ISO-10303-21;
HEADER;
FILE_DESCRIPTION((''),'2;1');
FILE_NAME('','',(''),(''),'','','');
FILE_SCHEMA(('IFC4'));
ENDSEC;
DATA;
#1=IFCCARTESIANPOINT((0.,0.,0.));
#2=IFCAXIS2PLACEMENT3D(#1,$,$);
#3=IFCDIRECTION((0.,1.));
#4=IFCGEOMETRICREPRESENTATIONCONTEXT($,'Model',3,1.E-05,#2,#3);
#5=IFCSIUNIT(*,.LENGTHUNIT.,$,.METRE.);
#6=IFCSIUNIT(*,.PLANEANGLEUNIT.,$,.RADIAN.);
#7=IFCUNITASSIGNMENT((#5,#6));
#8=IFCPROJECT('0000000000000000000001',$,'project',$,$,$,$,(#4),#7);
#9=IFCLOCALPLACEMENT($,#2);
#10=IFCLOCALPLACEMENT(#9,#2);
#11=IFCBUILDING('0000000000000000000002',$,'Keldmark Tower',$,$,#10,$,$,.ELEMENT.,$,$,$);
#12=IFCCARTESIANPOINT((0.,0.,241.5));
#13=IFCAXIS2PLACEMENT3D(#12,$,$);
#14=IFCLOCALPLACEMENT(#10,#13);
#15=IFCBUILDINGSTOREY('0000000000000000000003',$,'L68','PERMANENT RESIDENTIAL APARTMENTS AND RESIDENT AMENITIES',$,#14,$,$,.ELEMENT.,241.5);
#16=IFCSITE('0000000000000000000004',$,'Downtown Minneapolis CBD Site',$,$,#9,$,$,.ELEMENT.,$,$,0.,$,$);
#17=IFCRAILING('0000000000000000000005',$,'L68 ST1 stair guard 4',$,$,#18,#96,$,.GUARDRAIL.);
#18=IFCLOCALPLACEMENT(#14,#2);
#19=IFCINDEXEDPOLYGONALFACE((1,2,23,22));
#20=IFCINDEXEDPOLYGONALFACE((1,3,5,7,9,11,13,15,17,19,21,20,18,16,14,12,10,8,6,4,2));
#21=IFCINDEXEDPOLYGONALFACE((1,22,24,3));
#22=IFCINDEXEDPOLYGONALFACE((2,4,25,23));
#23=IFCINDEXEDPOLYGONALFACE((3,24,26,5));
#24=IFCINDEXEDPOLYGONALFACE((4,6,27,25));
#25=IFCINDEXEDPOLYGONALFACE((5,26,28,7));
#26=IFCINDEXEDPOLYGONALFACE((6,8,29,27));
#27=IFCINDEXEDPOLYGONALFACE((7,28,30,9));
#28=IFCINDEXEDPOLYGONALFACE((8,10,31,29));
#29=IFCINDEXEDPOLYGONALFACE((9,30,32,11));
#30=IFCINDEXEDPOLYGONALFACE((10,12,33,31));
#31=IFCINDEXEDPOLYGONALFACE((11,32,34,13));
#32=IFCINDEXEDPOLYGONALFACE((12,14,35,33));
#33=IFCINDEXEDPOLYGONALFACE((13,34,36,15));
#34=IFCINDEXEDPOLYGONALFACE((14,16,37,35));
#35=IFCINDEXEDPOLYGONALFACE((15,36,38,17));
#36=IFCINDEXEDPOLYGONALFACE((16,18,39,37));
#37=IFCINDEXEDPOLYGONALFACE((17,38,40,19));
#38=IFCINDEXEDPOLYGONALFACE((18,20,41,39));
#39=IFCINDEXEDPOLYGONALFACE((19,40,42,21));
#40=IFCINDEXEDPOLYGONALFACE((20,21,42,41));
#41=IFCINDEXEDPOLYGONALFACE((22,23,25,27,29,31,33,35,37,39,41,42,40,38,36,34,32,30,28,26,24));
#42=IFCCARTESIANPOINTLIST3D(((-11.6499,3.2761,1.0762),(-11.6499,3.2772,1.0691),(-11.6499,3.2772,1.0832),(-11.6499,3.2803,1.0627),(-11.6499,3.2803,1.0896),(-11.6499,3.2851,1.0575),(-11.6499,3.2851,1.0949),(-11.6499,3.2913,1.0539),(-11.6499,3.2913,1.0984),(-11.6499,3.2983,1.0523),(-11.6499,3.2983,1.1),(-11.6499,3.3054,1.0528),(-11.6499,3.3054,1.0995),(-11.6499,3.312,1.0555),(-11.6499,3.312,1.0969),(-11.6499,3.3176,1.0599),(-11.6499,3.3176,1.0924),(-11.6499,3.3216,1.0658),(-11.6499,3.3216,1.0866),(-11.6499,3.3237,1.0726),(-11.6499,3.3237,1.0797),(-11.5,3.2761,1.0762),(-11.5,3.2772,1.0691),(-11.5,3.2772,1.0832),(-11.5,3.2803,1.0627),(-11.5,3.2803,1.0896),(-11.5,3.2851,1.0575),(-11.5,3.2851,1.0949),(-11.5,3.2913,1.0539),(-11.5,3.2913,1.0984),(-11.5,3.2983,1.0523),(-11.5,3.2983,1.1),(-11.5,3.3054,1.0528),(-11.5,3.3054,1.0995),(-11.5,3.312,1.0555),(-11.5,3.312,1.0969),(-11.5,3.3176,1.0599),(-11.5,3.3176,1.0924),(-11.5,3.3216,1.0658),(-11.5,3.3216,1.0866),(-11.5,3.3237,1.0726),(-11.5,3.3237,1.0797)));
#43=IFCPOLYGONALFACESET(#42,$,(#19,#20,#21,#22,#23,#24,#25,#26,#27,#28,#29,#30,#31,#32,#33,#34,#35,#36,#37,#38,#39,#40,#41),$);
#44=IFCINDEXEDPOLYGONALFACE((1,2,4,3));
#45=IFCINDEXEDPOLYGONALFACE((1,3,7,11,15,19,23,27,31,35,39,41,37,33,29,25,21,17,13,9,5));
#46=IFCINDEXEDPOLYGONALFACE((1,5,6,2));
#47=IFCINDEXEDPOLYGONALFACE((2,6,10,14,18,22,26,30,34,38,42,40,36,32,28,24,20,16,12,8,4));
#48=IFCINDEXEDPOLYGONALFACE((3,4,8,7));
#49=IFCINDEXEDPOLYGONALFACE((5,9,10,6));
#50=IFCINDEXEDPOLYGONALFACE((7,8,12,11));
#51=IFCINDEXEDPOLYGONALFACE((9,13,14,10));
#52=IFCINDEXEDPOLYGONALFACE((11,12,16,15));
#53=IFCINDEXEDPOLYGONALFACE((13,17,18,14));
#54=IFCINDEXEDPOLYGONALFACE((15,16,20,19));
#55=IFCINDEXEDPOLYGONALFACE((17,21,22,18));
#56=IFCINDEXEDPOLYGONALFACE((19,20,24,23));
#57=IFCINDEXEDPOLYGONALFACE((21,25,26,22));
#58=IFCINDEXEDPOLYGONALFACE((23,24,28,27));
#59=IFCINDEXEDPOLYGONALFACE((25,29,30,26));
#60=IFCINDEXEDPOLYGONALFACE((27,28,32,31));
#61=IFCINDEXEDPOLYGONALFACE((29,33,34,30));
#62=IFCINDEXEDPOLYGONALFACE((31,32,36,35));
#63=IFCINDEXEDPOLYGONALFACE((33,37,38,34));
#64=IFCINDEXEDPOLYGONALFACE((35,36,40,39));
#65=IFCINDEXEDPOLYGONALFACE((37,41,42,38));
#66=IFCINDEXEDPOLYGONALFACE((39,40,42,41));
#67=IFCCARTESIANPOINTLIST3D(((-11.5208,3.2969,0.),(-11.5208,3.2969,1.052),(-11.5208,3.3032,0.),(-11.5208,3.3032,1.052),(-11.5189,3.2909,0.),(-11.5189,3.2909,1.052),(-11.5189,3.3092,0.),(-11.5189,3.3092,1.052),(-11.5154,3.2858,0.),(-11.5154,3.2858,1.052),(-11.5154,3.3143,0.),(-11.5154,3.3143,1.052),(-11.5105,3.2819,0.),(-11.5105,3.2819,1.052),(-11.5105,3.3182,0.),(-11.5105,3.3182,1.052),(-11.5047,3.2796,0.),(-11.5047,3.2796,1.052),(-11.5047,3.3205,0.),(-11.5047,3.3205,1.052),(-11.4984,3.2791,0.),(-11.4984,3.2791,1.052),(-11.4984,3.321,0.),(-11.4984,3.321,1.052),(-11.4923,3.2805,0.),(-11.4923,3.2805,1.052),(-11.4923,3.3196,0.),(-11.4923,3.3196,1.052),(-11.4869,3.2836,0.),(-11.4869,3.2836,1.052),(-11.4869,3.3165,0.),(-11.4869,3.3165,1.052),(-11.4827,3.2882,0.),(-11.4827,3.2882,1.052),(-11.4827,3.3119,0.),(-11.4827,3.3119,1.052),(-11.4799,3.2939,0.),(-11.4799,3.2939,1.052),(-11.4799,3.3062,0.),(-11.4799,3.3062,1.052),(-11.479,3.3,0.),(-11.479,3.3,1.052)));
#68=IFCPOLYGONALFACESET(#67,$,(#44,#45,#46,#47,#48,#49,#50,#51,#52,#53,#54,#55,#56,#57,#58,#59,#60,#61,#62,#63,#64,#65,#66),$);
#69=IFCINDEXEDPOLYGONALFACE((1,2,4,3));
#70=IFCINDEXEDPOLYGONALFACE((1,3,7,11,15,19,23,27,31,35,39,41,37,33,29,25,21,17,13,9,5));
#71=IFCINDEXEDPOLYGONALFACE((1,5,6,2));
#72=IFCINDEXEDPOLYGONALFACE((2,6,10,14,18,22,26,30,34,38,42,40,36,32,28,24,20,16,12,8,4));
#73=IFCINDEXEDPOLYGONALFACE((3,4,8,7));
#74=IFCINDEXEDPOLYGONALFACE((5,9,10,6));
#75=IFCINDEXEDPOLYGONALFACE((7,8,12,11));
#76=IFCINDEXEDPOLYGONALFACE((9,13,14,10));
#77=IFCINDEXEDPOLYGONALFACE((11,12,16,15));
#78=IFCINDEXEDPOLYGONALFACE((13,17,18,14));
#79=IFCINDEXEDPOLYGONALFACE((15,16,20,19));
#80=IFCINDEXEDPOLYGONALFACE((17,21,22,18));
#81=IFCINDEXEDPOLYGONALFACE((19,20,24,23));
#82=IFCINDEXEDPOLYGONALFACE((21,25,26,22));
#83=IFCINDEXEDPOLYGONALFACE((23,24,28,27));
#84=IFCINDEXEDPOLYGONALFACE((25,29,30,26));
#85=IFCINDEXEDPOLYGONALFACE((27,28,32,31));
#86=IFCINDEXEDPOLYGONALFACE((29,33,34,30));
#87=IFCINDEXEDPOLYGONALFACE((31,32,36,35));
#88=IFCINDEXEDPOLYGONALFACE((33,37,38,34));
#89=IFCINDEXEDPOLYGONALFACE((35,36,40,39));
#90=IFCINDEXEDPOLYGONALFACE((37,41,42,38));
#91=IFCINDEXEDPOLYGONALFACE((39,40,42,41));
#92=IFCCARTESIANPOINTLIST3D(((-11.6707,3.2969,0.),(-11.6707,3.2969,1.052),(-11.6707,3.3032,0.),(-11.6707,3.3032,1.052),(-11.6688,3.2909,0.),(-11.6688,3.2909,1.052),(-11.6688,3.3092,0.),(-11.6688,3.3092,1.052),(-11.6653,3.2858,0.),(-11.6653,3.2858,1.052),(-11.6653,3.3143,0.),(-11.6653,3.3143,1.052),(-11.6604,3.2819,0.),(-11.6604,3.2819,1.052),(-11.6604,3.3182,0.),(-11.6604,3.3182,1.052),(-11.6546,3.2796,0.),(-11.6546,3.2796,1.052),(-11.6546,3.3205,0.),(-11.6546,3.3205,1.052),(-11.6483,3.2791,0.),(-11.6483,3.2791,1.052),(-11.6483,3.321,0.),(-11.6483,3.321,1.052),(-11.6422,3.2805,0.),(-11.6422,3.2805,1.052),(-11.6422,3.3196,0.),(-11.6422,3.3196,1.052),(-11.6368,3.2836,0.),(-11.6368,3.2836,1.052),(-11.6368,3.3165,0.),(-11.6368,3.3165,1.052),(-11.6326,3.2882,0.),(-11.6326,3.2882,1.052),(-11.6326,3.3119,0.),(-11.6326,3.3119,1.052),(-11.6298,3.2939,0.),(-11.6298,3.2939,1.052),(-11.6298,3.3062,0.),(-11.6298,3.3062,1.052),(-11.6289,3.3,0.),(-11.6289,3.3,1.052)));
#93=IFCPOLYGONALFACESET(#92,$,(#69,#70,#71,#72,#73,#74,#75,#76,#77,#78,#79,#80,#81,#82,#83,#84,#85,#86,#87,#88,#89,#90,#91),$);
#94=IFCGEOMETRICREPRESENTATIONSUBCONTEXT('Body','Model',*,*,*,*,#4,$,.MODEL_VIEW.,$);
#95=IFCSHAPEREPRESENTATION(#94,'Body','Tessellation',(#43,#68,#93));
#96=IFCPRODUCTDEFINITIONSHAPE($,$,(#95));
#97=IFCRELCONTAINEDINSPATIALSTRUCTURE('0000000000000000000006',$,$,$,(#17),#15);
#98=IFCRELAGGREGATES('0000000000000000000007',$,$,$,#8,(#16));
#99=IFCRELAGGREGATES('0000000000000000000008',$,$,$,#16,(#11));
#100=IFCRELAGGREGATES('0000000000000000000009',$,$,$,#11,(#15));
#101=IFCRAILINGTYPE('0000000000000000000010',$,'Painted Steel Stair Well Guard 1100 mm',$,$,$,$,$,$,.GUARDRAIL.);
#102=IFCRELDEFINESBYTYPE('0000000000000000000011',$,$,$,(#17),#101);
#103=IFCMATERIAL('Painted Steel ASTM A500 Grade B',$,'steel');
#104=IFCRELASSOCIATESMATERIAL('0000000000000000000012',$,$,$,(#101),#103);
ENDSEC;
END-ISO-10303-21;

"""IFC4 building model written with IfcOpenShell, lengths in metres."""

from ifc_helpers import new_model, si_unit, direction, frame, origin, origin_2d, place, context, subcontext, project, spatial, circle, extrude, material, type_object, element, save


model = new_model("IFC4")

# Units and contexts
model_context = context("Model", 3, precision=1e-05, world=origin(), true_north=direction((0.0, 1.0)))
body_context = subcontext(model_context, "Body", "Model", "MODEL_VIEW")
ifc_project = project(units=[si_unit("LENGTHUNIT", "METRE"), si_unit("PLANEANGLEUNIT", "RADIAN")], contexts=[model_context])

# Site, building, storey
site_placement = place(None, origin())
site = spatial("IfcSite", under=ifc_project, at=site_placement, Name="Downtown Minneapolis CBD Site", CompositionType="ELEMENT", RefElevation=0.0)
building_placement = place(site_placement, origin())
building = spatial("IfcBuilding", under=site, at=building_placement, Name="Keldmark Tower", CompositionType="ELEMENT")
storey_placement = place(building_placement, frame((0.0, 0.0, 241.5)))
storey = spatial("IfcBuildingStorey", under=building, at=storey_placement, Name="L68", Description="PERMANENT RESIDENTIAL APARTMENTS AND RESIDENT AMENITIES", CompositionType="ELEMENT", Elevation=241.5)

# Railing
ifc_material_1 = material(Name="Painted Steel ASTM A500 Grade B", Category="steel")
railing_type_1 = type_object("IfcRailingType", Name="Painted Steel Stair Well Guard 1100 mm", PredefinedType="GUARDRAIL", material=ifc_material_1)
railing_1_placement = place(storey_placement, frame((-11.5, 3.3, 0.0)))
element("IfcRailing", 1, at=railing_1_placement, inside=storey, type_object=railing_type_1, Name="L68 ST1 stair guard 4", PredefinedType="GUARDRAIL", context=body_context, shape_type="SweptSolid", body=[
    extrude(circle(Radius=0.0239, at=origin_2d()), frame((0.0, 0.0, 1.0762), z_axis=(-1.0, 0.0, 0.0), x_axis=(0.0, -1.0, 0.0)), (0.0, 0.0, 1.0), 0.1499),
    extrude(circle(Radius=0.021, at=origin_2d()), origin(), (0.0, 0.0, 1.0), 1.052),
    extrude(circle(Radius=0.021, at=origin_2d()), frame((-0.1499, 0.0, 0.0)), (0.0, 0.0, 1.0), 1.052),
])

save(model, "model.ifc")
